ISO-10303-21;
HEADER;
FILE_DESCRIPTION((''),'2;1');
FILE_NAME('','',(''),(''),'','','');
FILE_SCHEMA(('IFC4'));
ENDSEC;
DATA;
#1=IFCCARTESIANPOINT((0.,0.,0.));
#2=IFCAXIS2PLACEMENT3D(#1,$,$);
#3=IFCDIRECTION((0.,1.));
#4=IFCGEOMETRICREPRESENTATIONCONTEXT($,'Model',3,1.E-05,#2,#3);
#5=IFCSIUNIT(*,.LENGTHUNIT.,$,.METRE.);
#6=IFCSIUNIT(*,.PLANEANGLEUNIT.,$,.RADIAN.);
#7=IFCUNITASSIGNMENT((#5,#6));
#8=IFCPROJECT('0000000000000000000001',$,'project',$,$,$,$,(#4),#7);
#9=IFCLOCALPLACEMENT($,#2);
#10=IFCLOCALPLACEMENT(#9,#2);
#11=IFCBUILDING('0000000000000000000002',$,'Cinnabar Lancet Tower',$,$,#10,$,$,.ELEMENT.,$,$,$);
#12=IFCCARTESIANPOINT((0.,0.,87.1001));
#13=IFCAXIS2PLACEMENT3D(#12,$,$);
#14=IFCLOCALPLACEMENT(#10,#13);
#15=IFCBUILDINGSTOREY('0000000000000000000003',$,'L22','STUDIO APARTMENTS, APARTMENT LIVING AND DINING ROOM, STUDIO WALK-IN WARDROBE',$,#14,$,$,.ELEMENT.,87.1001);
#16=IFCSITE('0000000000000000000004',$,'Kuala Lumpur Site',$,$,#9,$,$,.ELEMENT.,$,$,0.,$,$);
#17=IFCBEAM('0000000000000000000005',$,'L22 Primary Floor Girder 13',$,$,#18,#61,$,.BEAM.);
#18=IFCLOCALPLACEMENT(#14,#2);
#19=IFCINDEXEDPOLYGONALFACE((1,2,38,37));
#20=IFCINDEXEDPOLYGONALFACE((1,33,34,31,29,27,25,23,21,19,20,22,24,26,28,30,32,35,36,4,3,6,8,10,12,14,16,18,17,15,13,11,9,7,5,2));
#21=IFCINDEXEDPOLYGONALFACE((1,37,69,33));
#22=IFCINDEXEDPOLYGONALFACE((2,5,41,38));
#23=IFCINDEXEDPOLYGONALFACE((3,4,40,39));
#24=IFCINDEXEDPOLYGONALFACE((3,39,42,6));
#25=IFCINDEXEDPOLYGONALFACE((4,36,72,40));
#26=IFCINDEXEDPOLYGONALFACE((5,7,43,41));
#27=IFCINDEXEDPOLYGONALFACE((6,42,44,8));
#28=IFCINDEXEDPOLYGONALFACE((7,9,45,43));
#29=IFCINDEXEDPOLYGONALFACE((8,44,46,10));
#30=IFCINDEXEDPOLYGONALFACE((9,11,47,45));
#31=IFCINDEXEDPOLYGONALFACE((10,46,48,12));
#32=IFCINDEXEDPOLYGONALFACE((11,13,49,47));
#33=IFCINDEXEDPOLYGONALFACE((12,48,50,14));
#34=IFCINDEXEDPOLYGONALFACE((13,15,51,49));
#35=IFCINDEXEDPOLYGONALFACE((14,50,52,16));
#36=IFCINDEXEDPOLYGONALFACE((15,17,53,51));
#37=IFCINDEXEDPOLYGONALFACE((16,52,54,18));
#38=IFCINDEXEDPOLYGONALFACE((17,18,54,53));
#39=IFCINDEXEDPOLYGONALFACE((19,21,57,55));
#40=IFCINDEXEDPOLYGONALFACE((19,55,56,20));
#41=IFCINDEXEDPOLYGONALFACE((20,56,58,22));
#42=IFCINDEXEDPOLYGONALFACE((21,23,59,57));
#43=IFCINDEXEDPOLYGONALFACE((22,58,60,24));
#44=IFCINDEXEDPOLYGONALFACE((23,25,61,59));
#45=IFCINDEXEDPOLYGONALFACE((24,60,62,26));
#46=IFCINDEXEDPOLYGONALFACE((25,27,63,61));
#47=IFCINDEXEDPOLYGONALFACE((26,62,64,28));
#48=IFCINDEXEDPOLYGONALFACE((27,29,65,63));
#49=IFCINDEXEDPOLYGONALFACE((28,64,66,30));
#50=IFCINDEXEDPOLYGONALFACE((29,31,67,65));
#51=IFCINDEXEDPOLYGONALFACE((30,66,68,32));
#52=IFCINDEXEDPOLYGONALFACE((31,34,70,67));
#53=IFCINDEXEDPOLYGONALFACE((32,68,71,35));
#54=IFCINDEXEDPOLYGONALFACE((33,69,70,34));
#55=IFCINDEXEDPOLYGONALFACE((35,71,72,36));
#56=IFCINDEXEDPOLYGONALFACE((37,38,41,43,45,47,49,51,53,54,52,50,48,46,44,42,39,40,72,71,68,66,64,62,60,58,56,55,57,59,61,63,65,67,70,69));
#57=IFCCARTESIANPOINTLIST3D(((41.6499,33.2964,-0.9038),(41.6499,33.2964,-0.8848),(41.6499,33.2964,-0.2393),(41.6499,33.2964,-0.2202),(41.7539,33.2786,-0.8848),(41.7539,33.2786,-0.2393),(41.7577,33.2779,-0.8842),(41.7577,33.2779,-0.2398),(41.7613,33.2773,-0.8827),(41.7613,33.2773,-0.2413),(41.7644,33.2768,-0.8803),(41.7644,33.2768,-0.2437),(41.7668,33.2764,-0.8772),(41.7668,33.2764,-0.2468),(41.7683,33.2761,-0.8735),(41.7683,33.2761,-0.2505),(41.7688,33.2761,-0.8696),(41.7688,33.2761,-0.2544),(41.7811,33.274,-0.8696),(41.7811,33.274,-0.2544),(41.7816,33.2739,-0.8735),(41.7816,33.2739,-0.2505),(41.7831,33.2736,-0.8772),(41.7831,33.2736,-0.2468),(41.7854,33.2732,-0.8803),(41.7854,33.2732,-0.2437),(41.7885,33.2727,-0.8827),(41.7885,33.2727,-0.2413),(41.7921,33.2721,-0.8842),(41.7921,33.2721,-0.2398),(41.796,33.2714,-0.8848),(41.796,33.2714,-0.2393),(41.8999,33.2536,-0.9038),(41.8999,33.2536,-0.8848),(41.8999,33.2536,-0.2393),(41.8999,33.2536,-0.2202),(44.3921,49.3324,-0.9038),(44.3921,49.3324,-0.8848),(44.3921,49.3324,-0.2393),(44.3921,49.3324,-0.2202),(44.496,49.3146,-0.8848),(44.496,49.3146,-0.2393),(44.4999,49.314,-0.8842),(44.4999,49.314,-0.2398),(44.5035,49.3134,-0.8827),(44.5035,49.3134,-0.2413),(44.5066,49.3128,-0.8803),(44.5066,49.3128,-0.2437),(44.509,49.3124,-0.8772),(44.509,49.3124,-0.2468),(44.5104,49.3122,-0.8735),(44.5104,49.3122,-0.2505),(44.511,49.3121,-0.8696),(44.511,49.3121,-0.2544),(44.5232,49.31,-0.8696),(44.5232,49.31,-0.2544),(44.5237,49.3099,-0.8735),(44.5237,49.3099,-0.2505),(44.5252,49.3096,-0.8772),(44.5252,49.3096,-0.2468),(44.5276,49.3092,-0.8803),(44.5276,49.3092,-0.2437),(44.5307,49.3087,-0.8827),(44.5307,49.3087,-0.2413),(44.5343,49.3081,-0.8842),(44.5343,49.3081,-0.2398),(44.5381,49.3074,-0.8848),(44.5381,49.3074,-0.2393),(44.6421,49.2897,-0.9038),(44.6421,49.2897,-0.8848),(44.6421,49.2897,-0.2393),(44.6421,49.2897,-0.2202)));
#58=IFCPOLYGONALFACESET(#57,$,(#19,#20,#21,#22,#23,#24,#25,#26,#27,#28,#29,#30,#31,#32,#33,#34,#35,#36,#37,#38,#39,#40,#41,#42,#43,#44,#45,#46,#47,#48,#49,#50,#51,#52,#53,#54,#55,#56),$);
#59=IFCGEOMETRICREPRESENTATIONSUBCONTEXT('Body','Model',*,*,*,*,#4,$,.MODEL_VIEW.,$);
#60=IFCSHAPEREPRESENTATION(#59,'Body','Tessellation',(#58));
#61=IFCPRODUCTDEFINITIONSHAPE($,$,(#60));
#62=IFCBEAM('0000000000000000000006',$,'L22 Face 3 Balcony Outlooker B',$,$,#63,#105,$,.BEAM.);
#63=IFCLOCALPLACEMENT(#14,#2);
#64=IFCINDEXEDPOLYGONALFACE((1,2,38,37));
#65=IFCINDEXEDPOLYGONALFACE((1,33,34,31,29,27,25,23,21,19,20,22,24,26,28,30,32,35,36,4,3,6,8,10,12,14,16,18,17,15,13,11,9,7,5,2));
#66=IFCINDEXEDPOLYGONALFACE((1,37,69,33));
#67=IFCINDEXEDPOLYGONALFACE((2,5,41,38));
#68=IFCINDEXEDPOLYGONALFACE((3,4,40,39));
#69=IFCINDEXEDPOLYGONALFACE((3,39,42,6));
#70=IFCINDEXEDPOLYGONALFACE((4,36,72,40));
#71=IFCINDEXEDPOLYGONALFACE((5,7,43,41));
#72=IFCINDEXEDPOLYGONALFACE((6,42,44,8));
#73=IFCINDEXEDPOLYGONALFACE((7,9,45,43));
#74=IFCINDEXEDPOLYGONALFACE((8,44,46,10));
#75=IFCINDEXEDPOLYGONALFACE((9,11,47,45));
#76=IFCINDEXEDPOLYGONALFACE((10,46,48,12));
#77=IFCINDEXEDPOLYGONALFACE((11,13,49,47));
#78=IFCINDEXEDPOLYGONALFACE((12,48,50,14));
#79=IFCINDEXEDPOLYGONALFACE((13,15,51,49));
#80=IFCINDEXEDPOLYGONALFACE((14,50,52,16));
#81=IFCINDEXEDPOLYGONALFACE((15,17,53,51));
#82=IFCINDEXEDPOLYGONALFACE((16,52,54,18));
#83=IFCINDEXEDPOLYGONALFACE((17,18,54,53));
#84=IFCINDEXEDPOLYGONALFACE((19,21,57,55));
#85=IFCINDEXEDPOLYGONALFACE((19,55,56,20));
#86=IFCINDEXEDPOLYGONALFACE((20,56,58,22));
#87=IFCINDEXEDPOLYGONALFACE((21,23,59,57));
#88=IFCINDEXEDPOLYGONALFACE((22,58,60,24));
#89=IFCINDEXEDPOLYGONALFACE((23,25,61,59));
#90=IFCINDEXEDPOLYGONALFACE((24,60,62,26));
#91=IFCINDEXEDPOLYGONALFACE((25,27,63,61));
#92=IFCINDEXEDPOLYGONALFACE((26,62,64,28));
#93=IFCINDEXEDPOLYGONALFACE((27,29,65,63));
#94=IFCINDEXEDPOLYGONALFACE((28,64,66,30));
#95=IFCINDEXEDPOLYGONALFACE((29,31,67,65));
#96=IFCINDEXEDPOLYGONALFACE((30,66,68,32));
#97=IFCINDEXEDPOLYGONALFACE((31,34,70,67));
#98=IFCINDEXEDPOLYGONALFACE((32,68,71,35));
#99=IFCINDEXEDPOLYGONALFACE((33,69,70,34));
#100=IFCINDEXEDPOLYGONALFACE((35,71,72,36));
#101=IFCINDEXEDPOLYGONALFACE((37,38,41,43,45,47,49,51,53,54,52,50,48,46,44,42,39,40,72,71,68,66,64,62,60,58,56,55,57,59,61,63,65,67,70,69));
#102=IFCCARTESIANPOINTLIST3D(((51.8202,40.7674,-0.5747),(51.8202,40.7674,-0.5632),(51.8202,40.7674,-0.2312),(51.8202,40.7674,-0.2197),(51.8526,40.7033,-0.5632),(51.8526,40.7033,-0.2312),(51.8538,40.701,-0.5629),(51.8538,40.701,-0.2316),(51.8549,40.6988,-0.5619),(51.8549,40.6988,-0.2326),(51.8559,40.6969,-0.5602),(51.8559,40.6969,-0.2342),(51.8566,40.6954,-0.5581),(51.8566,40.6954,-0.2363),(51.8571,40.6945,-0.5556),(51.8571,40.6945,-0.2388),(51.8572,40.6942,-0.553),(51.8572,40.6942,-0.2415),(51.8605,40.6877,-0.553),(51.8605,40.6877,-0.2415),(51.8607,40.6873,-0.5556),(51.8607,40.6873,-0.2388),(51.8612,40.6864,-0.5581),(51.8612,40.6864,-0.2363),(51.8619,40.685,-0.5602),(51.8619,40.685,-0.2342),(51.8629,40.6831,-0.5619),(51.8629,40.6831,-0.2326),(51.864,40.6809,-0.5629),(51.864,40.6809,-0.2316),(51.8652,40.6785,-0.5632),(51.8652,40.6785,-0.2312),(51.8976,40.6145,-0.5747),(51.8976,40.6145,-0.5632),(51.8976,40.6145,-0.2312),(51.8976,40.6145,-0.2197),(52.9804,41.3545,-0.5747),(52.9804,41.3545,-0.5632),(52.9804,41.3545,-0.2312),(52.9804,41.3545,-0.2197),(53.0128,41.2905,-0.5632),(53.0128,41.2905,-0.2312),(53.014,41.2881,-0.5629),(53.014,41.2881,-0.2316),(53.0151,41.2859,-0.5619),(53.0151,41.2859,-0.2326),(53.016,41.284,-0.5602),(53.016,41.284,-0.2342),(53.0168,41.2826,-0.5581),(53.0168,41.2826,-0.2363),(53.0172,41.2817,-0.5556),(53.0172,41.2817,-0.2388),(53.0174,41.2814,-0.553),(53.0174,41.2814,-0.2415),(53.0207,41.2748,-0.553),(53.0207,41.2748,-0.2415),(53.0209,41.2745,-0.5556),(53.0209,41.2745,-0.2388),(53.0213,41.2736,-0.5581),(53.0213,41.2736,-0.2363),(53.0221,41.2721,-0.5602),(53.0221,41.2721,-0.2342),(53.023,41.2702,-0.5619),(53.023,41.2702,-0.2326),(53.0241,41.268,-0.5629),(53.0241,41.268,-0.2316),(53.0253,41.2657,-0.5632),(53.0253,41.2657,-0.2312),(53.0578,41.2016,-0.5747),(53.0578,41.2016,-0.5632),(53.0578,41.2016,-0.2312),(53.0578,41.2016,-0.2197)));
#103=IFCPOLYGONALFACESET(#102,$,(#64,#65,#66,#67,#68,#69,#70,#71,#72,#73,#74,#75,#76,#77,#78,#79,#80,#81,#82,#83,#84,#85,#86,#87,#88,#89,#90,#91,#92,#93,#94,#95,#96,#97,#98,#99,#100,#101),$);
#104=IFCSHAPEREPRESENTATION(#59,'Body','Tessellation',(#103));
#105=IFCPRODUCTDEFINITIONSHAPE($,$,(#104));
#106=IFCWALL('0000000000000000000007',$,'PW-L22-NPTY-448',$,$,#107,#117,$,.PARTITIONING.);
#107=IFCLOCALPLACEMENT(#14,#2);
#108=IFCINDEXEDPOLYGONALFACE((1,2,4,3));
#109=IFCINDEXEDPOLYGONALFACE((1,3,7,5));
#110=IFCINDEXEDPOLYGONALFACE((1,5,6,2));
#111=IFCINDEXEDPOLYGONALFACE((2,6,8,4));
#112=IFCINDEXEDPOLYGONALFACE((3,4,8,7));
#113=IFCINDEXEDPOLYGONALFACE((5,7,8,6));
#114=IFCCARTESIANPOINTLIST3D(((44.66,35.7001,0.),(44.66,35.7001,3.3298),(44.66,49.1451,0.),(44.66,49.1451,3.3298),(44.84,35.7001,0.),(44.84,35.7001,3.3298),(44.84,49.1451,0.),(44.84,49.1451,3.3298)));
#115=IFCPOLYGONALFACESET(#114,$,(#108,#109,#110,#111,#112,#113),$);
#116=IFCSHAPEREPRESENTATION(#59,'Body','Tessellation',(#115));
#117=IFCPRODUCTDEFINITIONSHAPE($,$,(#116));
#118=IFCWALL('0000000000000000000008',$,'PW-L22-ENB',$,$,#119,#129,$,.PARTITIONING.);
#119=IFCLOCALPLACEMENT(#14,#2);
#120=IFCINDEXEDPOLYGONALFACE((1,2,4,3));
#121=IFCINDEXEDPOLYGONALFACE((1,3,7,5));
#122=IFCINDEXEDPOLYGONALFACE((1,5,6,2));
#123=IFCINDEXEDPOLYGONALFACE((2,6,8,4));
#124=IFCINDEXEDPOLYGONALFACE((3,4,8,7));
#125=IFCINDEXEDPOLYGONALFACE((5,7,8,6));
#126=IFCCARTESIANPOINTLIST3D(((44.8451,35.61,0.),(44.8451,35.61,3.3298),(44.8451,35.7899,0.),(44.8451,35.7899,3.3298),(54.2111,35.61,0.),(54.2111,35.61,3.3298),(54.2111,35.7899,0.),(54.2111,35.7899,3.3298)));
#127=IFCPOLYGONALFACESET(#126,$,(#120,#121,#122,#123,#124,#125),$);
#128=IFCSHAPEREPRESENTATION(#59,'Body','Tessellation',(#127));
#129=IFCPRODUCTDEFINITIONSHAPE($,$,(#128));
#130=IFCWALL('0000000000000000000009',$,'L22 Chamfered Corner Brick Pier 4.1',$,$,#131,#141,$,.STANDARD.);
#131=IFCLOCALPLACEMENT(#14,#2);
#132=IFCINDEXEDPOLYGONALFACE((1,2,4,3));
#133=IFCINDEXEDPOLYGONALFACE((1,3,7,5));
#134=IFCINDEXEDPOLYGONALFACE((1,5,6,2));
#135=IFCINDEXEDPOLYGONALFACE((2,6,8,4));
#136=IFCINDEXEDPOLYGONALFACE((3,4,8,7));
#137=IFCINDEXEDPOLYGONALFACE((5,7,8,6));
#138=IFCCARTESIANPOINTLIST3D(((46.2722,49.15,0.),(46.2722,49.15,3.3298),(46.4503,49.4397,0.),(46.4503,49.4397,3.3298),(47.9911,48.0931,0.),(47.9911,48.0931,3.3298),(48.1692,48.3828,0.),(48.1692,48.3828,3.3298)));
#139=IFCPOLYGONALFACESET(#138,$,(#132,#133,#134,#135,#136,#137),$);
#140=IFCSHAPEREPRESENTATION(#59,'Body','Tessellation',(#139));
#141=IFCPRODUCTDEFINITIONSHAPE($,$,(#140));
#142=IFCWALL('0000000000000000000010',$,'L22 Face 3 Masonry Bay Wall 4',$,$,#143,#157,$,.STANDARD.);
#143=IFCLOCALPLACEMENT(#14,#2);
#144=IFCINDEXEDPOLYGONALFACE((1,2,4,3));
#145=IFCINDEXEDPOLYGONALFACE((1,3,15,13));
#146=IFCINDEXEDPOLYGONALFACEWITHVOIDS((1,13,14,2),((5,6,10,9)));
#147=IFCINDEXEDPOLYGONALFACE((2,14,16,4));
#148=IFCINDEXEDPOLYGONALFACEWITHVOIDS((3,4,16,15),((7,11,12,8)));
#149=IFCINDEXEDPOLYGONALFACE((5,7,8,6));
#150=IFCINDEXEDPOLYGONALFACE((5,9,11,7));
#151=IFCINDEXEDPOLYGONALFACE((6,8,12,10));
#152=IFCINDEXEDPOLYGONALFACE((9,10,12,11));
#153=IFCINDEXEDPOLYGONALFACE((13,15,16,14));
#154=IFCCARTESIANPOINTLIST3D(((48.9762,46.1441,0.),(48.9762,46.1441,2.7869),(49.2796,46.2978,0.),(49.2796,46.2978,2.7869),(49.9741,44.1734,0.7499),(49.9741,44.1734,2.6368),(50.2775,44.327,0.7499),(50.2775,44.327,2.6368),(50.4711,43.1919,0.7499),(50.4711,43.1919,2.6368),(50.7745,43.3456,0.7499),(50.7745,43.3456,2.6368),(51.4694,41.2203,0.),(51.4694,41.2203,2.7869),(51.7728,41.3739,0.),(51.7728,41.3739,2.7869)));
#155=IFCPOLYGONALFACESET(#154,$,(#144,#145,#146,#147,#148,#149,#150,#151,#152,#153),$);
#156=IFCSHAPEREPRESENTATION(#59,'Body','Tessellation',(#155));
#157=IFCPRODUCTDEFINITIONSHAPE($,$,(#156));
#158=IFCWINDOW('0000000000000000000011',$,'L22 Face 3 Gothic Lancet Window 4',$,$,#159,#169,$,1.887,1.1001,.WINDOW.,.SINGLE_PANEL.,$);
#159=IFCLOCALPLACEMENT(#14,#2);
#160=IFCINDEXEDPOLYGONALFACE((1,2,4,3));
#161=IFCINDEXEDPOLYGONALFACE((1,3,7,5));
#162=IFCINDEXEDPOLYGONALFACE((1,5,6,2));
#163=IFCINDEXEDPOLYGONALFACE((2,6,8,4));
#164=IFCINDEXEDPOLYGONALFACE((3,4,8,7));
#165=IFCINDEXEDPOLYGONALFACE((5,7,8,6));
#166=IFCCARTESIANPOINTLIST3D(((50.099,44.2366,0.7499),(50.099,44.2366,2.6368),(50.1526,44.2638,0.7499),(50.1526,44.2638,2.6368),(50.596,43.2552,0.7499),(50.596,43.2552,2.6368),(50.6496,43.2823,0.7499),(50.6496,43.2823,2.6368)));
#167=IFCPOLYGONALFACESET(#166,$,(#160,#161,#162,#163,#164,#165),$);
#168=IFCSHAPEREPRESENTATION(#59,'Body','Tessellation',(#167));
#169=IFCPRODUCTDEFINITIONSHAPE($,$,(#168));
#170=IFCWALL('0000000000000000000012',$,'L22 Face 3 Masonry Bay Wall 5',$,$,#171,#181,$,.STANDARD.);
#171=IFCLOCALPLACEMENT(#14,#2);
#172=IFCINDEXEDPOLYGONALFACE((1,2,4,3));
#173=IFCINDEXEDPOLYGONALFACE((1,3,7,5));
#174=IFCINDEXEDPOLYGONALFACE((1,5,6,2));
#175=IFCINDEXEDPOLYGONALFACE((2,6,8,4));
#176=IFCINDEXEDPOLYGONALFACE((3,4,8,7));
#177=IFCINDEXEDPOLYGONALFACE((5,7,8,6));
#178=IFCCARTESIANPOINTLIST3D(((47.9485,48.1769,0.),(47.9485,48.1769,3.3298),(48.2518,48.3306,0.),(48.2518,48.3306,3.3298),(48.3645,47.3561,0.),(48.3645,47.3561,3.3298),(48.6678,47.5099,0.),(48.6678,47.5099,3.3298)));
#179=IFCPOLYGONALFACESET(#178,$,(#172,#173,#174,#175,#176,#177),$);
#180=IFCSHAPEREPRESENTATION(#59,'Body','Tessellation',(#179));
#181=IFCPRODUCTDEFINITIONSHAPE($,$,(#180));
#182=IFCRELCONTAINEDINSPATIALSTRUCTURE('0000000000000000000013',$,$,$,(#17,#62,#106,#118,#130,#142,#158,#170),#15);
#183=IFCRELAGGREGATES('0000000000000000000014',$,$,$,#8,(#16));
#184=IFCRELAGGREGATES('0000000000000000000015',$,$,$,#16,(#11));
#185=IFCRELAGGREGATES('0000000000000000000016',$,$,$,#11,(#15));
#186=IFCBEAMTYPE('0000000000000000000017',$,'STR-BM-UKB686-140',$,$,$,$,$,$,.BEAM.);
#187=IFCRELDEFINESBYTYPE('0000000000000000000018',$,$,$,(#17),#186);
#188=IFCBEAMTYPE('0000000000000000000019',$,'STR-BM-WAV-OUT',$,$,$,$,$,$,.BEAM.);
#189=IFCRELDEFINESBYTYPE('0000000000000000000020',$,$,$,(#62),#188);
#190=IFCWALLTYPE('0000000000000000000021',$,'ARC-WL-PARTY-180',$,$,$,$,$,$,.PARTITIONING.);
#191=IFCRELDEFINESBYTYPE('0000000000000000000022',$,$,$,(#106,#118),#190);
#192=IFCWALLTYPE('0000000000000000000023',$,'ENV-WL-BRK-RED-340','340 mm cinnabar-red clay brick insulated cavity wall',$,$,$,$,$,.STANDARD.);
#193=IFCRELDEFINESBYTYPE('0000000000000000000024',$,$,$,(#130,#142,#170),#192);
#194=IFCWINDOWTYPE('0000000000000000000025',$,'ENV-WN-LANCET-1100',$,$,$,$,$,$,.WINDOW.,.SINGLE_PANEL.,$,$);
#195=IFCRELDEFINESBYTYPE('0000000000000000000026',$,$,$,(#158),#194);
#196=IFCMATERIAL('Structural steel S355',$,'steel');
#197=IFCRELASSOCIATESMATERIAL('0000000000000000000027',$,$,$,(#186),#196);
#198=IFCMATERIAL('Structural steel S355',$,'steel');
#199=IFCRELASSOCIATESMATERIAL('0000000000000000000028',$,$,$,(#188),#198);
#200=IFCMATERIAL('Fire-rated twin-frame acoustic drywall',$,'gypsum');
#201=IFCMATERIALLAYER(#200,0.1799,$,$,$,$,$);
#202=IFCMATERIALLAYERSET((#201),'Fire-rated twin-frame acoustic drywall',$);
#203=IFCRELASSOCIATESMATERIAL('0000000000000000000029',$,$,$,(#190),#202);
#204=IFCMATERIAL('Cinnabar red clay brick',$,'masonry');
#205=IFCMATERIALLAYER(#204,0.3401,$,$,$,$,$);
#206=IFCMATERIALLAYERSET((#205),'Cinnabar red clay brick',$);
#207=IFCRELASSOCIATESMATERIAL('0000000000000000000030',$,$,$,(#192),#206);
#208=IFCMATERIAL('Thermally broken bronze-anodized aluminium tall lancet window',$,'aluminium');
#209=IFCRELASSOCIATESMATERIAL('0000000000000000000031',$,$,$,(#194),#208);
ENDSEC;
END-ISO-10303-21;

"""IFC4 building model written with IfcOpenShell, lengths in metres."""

from ifc_helpers import new_model, si_unit, direction, frame, frame_2d, origin, origin_2d, place, context, subcontext, project, spatial, rectangle, i_section, extrude, material, layer, layer_set, material_profile, profile_set, type_object, element, fill, save


model = new_model("IFC4")

# Units and contexts
model_context = context("Model", 3, precision=1e-05, world=origin(), true_north=direction((0.0, 1.0)))
body_context = subcontext(model_context, "Body", "Model", "MODEL_VIEW")
ifc_project = project(units=[si_unit("LENGTHUNIT", "METRE"), si_unit("PLANEANGLEUNIT", "RADIAN")], contexts=[model_context])

# Site, building, storey
site_placement = place(None, origin())
site = spatial("IfcSite", under=ifc_project, at=site_placement, Name="Kuala Lumpur Site", CompositionType="ELEMENT", RefElevation=0.0)
building_placement = place(site_placement, origin())
building = spatial("IfcBuilding", under=site, at=building_placement, Name="Cinnabar Lancet Tower", CompositionType="ELEMENT")
storey_placement = place(building_placement, frame((0.0, 0.0, 87.1001)))
storey = spatial("IfcBuildingStorey", under=building, at=storey_placement, Name="L22", Description="STUDIO APARTMENTS, APARTMENT LIVING AND DINING ROOM, STUDIO WALK-IN WARDROBE", CompositionType="ELEMENT", Elevation=87.1001)

# Beams
ifc_material_1 = material(Name="Structural steel S355", Category="steel")
ifc_material_profile_1 = material_profile(ifc_material_1, i_section(OverallWidth=0.2537, OverallDepth=0.6836, WebThickness=0.0125, FlangeThickness=0.019, FilletRadius=0.0151, at=origin_2d()), Name="UKB 686x254x140")
ifc_profile_set_1 = profile_set([ifc_material_profile_1], Name="Structural steel S355")
beam_type_1 = type_object("IfcBeamType", Name="STR-BM-UKB686-140", PredefinedType="BEAM", material=ifc_profile_set_1)
beam_1_placement = place(storey_placement, frame((44.5171, 49.311, -0.562), z_axis=(-0.168554, -0.985692, 0.0), x_axis=(0.985692, -0.168554, 0.0)))
element("IfcBeam", 1, at=beam_1_placement, inside=storey, type_object=beam_type_1, Name="L22 Primary Floor Girder 13", PredefinedType="BEAM", context=body_context, shape_type="SweptSolid", body=[
    extrude(i_section(OverallWidth=0.2537, OverallDepth=0.6836, WebThickness=0.0125, FlangeThickness=0.019, FilletRadius=0.0151, at=origin_2d()), origin(), (0.0, 0.0, 1.0), 16.2688),
])
ifc_material_2 = material(Name="Structural steel S355", Category="steel")
ifc_material_profile_2 = material_profile(ifc_material_2, i_section(OverallWidth=0.1714, OverallDepth=0.355, WebThickness=0.0073, FlangeThickness=0.0115, FilletRadius=0.0103, at=origin_2d()), Name="UKB 356x171x51")
ifc_profile_set_2 = profile_set([ifc_material_profile_2], Name="Structural steel S355")
beam_type_2 = type_object("IfcBeamType", Name="STR-BM-WAV-OUT", PredefinedType="BEAM", material=ifc_profile_set_2)
beam_2_placement = place(storey_placement, frame((51.8589, 40.6909, -0.3972), z_axis=(0.892239, 0.451564, 0.0), x_axis=(-0.451564, 0.892239, 0.0)))
element("IfcBeam", 2, at=beam_2_placement, inside=storey, type_object=beam_type_2, Name="L22 Face 3 Balcony Outlooker B", PredefinedType="BEAM", context=body_context, shape_type="SweptSolid", body=[
    extrude(i_section(OverallWidth=0.1714, OverallDepth=0.355, WebThickness=0.0073, FlangeThickness=0.0115, FilletRadius=0.0103, at=origin_2d()), origin(), (0.0, 0.0, 1.0), 1.3003),
])

# Walls
ifc_material_3 = material(Name="Fire-rated twin-frame acoustic drywall", Category="gypsum")
ifc_layer_1 = layer(ifc_material_3, 0.1799)
ifc_layer_set_1 = layer_set([ifc_layer_1], Name="Fire-rated twin-frame acoustic drywall")
wall_type_1 = type_object("IfcWallType", Name="ARC-WL-PARTY-180", PredefinedType="PARTITIONING", material=ifc_layer_set_1)
wall_1_placement = place(storey_placement, frame((44.75, 35.7, 0.0), z_axis=(0.0, 0.0, 1.0), x_axis=(0.0, 1.0, 0.0)))
element("IfcWall", 3, at=wall_1_placement, inside=storey, type_object=wall_type_1, Name="PW-L22-NPTY-448", PredefinedType="PARTITIONING", context=body_context, shape_type="SweptSolid", body=[
    extrude(rectangle(XDim=13.4451, YDim=0.1799, at=frame_2d((6.7227, 0.0))), origin(), (0.0, 0.0, 1.0), 3.3298),
])
wall_2_placement = place(storey_placement, frame((44.845, 35.7, 0.0), z_axis=(0.0, 0.0, 1.0), x_axis=(1.0, 0.0, 0.0)))
element("IfcWall", 4, at=wall_2_placement, inside=storey, type_object=wall_type_1, Name="PW-L22-ENB", PredefinedType="PARTITIONING", context=body_context, shape_type="SweptSolid", body=[
    extrude(rectangle(XDim=9.366, YDim=0.1799, at=frame_2d((4.6831, 0.0))), origin(), (0.0, 0.0, 1.0), 3.3298),
])
ifc_material_4 = material(Name="Cinnabar red clay brick", Category="masonry")
ifc_layer_2 = layer(ifc_material_4, 0.3401)
ifc_layer_set_2 = layer_set([ifc_layer_2], Name="Cinnabar red clay brick")
wall_type_2 = type_object("IfcWallType", Name="ENV-WL-BRK-RED-340", Description="340 mm cinnabar-red clay brick insulated cavity wall", PredefinedType="STANDARD", material=ifc_layer_set_2)
wall_3_placement = place(storey_placement, frame((48.0801, 48.238, 0.0), z_axis=(0.0, 0.0, 1.0), x_axis=(-0.85187, 0.523753, 0.0)))
element("IfcWall", 5, at=wall_3_placement, inside=storey, type_object=wall_type_2, Name="L22 Chamfered Corner Brick Pier 4.1", PredefinedType="STANDARD", context=body_context, shape_type="SweptSolid", body=[
    extrude(rectangle(XDim=2.0178, YDim=0.3401, at=frame_2d((1.0088, 0.0))), origin(), (0.0, 0.0, 1.0), 3.3298),
])

# Wall, opening, window
wall_4_placement = place(storey_placement, frame((51.6211, 41.2971, 0.0), z_axis=(0.0, 0.0, 1.0), x_axis=(-0.451738, 0.892151, 0.0)))
wall_4 = element("IfcWall", 6, at=wall_4_placement, inside=storey, type_object=wall_type_2, Name="L22 Face 3 Masonry Bay Wall 4", PredefinedType="STANDARD", context=body_context, shape_type="SweptSolid", body=[
    extrude(rectangle(XDim=5.519, YDim=0.3401, at=frame_2d((2.7595, 0.0))), origin(), (0.0, 0.0, 1.0), 2.7869),
])
opening_1_placement = place(wall_4_placement, frame((2.21, 0.0, 0.75)))
opening_1 = element("IfcOpeningElement", 7, at=opening_1_placement, cuts=wall_4, PredefinedType="OPENING", context=body_context, shape_type="SweptSolid", body=[
    extrude(rectangle(XDim=1.1001, YDim=1.887, at=frame_2d((0.55, 0.9434))), frame((0.0, 0.1799, 0.0), z_axis=(0.0, -1.0, 0.0), x_axis=(1.0, 0.0, 0.0)), (0.0, 0.0, 1.0), 0.3601),
])
ifc_material_5 = material(Name="Thermally broken bronze-anodized aluminium tall lancet window", Category="aluminium")
window_type = type_object("IfcWindowType", Name="ENV-WN-LANCET-1100", PartitioningType="SINGLE_PANEL", PredefinedType="WINDOW", material=ifc_material_5)
window_1_placement = place(opening_1_placement, origin())
window_1 = element("IfcWindow", 8, at=window_1_placement, inside=storey, type_object=window_type, Name="L22 Face 3 Gothic Lancet Window 4", OverallHeight=1.887, OverallWidth=1.1001, PartitioningType="SINGLE_PANEL", PredefinedType="WINDOW", context=body_context, shape_type="SweptSolid", body=[
    extrude(rectangle(XDim=1.1001, YDim=1.887, at=frame_2d((0.55, 0.9434))), frame((0.0, 0.03, 0.0), z_axis=(0.0, -1.0, 0.0), x_axis=(1.0, 0.0, 0.0)), (0.0, 0.0, 1.0), 0.0601),
])
fill(opening_1, window_1)

# Wall
wall_5_placement = place(storey_placement, frame((48.5161, 47.4331, 0.0), z_axis=(0.0, 0.0, 1.0), x_axis=(-0.452089, 0.891973, 0.0)))
element("IfcWall", 9, at=wall_5_placement, inside=storey, type_object=wall_type_2, Name="L22 Face 3 Masonry Bay Wall 5", PredefinedType="STANDARD", context=body_context, shape_type="SweptSolid", body=[
    extrude(rectangle(XDim=0.9202, YDim=0.3401, at=frame_2d((0.46, 0.0))), origin(), (0.0, 0.0, 1.0), 3.3298),
])

save(model, "model.ifc")
